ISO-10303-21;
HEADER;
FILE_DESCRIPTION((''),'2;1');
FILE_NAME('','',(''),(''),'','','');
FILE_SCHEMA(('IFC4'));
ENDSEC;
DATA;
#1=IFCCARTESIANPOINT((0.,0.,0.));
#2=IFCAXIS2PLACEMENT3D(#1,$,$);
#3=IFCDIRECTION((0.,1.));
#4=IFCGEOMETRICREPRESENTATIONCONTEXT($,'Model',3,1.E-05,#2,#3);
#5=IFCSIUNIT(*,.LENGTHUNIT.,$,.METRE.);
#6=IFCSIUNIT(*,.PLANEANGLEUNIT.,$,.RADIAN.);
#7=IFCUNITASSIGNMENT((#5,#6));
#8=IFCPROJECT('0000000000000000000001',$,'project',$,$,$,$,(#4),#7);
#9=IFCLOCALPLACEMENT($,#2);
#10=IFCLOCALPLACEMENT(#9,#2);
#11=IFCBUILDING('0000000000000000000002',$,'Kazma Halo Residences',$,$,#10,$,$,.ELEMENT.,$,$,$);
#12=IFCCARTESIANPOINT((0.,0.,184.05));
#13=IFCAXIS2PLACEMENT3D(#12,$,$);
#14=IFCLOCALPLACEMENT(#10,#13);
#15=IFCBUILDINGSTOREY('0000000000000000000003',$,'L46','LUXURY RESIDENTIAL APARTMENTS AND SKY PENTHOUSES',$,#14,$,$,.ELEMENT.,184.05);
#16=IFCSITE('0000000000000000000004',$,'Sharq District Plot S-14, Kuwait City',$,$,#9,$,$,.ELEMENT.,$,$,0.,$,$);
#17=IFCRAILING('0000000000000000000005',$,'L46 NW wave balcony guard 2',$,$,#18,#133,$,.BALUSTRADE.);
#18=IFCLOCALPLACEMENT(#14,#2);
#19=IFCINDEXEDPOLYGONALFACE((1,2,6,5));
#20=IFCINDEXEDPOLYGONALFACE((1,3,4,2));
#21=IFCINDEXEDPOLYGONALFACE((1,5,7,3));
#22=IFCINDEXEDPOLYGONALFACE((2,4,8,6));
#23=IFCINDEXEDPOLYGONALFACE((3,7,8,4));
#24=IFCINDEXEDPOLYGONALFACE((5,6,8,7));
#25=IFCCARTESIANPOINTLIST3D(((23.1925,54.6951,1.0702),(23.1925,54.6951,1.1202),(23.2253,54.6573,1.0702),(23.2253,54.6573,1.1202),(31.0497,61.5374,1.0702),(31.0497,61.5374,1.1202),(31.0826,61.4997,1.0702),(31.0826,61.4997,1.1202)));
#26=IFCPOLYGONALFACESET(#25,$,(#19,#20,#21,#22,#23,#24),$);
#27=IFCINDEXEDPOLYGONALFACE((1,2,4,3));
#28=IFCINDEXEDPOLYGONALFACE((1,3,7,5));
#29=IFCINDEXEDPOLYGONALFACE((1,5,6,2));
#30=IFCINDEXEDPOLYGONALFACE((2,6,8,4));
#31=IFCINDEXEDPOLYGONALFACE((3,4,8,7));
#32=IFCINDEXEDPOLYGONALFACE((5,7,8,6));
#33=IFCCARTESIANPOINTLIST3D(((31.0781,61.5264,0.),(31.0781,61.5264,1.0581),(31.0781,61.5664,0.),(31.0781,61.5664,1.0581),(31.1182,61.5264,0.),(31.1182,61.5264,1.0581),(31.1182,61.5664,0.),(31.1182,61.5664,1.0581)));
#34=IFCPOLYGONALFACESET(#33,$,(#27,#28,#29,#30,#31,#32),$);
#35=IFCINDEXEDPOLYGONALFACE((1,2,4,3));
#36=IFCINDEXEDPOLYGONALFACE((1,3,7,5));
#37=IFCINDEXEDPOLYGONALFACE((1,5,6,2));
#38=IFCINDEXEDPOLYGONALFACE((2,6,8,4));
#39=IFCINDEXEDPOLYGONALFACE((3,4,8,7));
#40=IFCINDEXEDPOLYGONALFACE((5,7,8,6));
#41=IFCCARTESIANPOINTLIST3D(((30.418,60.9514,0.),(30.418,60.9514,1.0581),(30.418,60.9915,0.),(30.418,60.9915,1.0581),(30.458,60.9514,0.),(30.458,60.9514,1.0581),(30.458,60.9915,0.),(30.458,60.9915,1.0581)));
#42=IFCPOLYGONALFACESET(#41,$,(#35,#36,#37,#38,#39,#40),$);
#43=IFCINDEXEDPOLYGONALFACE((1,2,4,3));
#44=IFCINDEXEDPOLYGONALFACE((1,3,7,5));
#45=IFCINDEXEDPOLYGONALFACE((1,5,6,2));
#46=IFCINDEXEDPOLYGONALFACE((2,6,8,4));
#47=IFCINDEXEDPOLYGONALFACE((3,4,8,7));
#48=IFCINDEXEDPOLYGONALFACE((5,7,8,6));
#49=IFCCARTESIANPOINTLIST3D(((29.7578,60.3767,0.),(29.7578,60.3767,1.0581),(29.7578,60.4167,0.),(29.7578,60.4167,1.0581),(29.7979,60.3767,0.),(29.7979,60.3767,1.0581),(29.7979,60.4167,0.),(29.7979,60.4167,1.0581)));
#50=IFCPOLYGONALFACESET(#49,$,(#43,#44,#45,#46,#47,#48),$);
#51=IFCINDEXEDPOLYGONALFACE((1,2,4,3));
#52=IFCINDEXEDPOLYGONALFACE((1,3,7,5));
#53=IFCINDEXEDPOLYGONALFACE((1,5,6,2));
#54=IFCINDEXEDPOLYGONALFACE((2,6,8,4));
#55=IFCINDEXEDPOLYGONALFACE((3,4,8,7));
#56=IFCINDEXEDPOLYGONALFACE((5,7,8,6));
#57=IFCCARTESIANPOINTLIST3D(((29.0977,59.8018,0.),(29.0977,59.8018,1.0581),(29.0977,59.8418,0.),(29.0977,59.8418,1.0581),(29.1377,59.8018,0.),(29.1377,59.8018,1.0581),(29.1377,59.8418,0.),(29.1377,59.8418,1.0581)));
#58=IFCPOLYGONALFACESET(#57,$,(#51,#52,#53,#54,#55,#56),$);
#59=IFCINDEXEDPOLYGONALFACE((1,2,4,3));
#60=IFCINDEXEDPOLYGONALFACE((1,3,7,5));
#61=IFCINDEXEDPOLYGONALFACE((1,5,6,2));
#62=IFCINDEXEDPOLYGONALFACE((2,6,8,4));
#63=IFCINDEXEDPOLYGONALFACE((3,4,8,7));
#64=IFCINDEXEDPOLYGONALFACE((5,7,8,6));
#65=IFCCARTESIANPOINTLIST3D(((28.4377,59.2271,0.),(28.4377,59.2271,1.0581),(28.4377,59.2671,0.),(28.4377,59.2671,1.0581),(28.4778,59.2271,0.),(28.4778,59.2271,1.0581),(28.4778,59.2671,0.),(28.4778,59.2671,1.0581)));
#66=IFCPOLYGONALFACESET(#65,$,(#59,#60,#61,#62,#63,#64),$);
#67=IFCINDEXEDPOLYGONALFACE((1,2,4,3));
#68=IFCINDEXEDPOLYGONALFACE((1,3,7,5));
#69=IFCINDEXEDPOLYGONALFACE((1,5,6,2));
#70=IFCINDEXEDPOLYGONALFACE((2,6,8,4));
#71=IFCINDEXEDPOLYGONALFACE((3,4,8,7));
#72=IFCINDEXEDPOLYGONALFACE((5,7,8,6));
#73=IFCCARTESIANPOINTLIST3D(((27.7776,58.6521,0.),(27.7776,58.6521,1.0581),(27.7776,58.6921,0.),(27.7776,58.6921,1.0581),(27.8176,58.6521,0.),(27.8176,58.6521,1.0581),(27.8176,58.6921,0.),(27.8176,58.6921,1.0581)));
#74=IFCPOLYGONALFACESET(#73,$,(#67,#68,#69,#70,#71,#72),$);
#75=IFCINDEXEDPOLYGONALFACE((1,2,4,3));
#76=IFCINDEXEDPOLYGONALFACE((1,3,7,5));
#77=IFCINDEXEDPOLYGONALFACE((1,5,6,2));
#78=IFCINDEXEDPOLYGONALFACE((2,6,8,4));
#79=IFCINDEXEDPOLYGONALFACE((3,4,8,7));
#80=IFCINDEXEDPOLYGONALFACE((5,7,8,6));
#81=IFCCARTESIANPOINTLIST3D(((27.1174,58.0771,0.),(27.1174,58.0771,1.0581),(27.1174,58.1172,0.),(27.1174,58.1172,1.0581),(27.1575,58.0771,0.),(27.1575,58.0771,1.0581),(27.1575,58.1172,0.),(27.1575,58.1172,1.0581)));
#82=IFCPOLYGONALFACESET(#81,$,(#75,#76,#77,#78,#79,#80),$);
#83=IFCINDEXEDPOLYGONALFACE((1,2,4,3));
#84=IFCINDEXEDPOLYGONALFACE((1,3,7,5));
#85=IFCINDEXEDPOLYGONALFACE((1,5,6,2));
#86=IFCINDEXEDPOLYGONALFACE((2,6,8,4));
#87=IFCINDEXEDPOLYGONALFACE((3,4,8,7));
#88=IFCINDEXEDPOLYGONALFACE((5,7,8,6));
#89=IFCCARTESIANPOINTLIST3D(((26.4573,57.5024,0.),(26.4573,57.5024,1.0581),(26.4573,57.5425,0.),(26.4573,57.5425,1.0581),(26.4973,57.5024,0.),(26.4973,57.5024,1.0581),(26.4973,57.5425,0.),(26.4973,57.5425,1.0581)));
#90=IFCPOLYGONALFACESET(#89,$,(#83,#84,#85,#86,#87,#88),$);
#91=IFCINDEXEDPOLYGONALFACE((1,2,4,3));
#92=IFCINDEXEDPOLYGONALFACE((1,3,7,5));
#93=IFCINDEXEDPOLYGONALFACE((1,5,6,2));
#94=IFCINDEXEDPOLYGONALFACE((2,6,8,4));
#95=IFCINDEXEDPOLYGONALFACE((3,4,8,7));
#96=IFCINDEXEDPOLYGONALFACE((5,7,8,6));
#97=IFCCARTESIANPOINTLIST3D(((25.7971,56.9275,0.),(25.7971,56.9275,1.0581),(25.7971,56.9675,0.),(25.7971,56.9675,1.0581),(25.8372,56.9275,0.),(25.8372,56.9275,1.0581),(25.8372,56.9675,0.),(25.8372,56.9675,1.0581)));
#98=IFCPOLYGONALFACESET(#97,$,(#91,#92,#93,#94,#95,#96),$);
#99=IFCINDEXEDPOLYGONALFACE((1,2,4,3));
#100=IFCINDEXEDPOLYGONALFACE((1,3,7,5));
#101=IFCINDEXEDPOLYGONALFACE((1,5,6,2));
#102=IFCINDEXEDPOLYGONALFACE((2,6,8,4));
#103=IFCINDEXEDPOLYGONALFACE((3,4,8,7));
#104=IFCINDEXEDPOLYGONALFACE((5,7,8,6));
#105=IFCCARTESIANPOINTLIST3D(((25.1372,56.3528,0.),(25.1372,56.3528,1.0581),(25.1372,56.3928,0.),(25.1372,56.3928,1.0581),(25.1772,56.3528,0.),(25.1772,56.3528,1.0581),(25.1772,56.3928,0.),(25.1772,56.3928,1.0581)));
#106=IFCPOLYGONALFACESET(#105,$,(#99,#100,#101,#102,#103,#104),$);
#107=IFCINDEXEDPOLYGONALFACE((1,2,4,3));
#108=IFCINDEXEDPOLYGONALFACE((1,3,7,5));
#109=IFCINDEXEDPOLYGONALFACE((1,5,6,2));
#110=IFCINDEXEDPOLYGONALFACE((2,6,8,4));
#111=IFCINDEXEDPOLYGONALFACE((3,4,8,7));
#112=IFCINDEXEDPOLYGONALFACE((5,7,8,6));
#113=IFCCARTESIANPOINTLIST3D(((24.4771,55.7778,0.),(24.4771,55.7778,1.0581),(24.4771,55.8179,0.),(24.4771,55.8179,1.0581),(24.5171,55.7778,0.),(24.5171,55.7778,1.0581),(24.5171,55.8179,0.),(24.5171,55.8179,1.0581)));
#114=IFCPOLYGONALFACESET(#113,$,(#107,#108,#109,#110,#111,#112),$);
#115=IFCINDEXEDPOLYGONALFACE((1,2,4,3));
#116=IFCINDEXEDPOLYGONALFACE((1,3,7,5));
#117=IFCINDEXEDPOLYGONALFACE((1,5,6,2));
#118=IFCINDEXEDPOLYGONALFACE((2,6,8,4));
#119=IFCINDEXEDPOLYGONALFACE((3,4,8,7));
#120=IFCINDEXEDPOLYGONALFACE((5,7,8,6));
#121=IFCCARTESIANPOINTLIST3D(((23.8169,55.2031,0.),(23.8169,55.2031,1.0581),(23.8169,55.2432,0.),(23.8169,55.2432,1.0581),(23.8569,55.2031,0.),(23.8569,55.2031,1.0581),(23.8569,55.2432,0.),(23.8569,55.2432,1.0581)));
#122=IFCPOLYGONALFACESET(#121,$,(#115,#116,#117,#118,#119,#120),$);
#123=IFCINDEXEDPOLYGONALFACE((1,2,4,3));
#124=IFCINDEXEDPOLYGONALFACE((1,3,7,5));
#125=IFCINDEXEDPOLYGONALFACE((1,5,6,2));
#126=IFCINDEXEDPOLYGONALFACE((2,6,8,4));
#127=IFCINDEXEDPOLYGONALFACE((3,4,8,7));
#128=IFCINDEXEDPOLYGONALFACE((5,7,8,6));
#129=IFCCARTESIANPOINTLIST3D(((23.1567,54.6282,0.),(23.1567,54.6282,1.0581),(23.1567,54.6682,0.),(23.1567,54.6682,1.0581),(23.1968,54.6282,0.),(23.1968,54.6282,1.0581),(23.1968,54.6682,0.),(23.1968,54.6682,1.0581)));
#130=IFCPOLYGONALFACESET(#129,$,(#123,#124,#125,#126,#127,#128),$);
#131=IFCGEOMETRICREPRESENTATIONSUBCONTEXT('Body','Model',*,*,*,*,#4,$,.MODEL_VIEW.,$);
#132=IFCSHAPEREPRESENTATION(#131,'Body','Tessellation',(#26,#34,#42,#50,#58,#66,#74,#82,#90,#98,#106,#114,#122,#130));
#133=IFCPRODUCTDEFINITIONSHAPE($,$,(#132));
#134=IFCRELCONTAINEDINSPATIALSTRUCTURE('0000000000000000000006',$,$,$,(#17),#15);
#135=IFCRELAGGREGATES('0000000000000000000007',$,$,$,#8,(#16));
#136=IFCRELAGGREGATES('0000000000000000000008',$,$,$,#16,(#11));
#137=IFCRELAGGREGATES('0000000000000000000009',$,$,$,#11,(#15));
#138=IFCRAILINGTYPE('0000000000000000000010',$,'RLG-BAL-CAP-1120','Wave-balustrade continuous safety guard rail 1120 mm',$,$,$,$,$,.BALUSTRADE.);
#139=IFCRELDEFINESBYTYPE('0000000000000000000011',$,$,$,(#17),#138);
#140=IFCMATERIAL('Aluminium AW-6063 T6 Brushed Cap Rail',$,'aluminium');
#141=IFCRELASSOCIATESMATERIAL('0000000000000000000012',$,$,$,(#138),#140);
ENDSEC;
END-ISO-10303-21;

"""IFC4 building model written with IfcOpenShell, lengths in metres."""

from ifc_helpers import new_model, si_unit, direction, frame, origin, origin_2d, place, context, subcontext, project, spatial, rectangle, extrude, material, type_object, element, save


model = new_model("IFC4")

# Units and contexts
model_context = context("Model", 3, precision=1e-05, world=origin(), true_north=direction((0.0, 1.0)))
body_context = subcontext(model_context, "Body", "Model", "MODEL_VIEW")
ifc_project = project(units=[si_unit("LENGTHUNIT", "METRE"), si_unit("PLANEANGLEUNIT", "RADIAN")], contexts=[model_context])

# Site, building, storey
site_placement = place(None, origin())
site = spatial("IfcSite", under=ifc_project, at=site_placement, Name="Sharq District Plot S-14, Kuwait City", CompositionType="ELEMENT", RefElevation=0.0)
building_placement = place(site_placement, origin())
building = spatial("IfcBuilding", under=site, at=building_placement, Name="Kazma Halo Residences", CompositionType="ELEMENT")
storey_placement = place(building_placement, frame((0.0, 0.0, 184.05)))
storey = spatial("IfcBuildingStorey", under=building, at=storey_placement, Name="L46", Description="LUXURY RESIDENTIAL APARTMENTS AND SKY PENTHOUSES", CompositionType="ELEMENT", Elevation=184.05)

# Railing
ifc_material_1 = material(Name="Aluminium AW-6063 T6 Brushed Cap Rail", Category="aluminium")
railing_type = type_object("IfcRailingType", Name="RLG-BAL-CAP-1120", Description="Wave-balustrade continuous safety guard rail 1120 mm", PredefinedType="BALUSTRADE", material=ifc_material_1)
railing_1_placement = place(storey_placement, frame((31.0981, 61.5464, 0.0)))
element("IfcRailing", 1, at=railing_1_placement, inside=storey, type_object=railing_type, Name="L46 NW wave balcony guard 2", PredefinedType="BALUSTRADE", context=body_context, shape_type="SweptSolid", body=[
    extrude(rectangle(XDim=0.05, YDim=0.05, at=origin_2d()), frame((-0.032, -0.0278, 1.0952), z_axis=(-0.754132, -0.656722, 0.0), x_axis=(0.656722, -0.754132, 0.0)), (0.0, 0.0, 1.0), 10.4189),
    extrude(rectangle(XDim=0.04, YDim=0.04, at=origin_2d()), origin(), (0.0, 0.0, 1.0), 1.0581),
    extrude(rectangle(XDim=0.04, YDim=0.04, at=origin_2d()), frame((-0.6602, -0.575, 0.0)), (0.0, 0.0, 1.0), 1.0581),
    extrude(rectangle(XDim=0.04, YDim=0.04, at=origin_2d()), frame((-1.3203, -1.1497, 0.0)), (0.0, 0.0, 1.0), 1.0581),
    extrude(rectangle(XDim=0.04, YDim=0.04, at=origin_2d()), frame((-1.9805, -1.7246, 0.0)), (0.0, 0.0, 1.0), 1.0581),
    extrude(rectangle(XDim=0.04, YDim=0.04, at=origin_2d()), frame((-2.6404, -2.2993, 0.0)), (0.0, 0.0, 1.0), 1.0581),
    extrude(rectangle(XDim=0.04, YDim=0.04, at=origin_2d()), frame((-3.3005, -2.8743, 0.0)), (0.0, 0.0, 1.0), 1.0581),
    extrude(rectangle(XDim=0.04, YDim=0.04, at=origin_2d()), frame((-3.9607, -3.4492, 0.0)), (0.0, 0.0, 1.0), 1.0581),
    extrude(rectangle(XDim=0.04, YDim=0.04, at=origin_2d()), frame((-4.6208, -4.0239, 0.0)), (0.0, 0.0, 1.0), 1.0581),
    extrude(rectangle(XDim=0.04, YDim=0.04, at=origin_2d()), frame((-5.281, -4.5989, 0.0)), (0.0, 0.0, 1.0), 1.0581),
    extrude(rectangle(XDim=0.04, YDim=0.04, at=origin_2d()), frame((-5.9409, -5.1736, 0.0)), (0.0, 0.0, 1.0), 1.0581),
    extrude(rectangle(XDim=0.04, YDim=0.04, at=origin_2d()), frame((-6.6011, -5.7485, 0.0)), (0.0, 0.0, 1.0), 1.0581),
    extrude(rectangle(XDim=0.04, YDim=0.04, at=origin_2d()), frame((-7.2612, -6.3232, 0.0)), (0.0, 0.0, 1.0), 1.0581),
    extrude(rectangle(XDim=0.04, YDim=0.04, at=origin_2d()), frame((-7.9214, -6.8982, 0.0)), (0.0, 0.0, 1.0), 1.0581),
])

save(model, "model.ifc")
